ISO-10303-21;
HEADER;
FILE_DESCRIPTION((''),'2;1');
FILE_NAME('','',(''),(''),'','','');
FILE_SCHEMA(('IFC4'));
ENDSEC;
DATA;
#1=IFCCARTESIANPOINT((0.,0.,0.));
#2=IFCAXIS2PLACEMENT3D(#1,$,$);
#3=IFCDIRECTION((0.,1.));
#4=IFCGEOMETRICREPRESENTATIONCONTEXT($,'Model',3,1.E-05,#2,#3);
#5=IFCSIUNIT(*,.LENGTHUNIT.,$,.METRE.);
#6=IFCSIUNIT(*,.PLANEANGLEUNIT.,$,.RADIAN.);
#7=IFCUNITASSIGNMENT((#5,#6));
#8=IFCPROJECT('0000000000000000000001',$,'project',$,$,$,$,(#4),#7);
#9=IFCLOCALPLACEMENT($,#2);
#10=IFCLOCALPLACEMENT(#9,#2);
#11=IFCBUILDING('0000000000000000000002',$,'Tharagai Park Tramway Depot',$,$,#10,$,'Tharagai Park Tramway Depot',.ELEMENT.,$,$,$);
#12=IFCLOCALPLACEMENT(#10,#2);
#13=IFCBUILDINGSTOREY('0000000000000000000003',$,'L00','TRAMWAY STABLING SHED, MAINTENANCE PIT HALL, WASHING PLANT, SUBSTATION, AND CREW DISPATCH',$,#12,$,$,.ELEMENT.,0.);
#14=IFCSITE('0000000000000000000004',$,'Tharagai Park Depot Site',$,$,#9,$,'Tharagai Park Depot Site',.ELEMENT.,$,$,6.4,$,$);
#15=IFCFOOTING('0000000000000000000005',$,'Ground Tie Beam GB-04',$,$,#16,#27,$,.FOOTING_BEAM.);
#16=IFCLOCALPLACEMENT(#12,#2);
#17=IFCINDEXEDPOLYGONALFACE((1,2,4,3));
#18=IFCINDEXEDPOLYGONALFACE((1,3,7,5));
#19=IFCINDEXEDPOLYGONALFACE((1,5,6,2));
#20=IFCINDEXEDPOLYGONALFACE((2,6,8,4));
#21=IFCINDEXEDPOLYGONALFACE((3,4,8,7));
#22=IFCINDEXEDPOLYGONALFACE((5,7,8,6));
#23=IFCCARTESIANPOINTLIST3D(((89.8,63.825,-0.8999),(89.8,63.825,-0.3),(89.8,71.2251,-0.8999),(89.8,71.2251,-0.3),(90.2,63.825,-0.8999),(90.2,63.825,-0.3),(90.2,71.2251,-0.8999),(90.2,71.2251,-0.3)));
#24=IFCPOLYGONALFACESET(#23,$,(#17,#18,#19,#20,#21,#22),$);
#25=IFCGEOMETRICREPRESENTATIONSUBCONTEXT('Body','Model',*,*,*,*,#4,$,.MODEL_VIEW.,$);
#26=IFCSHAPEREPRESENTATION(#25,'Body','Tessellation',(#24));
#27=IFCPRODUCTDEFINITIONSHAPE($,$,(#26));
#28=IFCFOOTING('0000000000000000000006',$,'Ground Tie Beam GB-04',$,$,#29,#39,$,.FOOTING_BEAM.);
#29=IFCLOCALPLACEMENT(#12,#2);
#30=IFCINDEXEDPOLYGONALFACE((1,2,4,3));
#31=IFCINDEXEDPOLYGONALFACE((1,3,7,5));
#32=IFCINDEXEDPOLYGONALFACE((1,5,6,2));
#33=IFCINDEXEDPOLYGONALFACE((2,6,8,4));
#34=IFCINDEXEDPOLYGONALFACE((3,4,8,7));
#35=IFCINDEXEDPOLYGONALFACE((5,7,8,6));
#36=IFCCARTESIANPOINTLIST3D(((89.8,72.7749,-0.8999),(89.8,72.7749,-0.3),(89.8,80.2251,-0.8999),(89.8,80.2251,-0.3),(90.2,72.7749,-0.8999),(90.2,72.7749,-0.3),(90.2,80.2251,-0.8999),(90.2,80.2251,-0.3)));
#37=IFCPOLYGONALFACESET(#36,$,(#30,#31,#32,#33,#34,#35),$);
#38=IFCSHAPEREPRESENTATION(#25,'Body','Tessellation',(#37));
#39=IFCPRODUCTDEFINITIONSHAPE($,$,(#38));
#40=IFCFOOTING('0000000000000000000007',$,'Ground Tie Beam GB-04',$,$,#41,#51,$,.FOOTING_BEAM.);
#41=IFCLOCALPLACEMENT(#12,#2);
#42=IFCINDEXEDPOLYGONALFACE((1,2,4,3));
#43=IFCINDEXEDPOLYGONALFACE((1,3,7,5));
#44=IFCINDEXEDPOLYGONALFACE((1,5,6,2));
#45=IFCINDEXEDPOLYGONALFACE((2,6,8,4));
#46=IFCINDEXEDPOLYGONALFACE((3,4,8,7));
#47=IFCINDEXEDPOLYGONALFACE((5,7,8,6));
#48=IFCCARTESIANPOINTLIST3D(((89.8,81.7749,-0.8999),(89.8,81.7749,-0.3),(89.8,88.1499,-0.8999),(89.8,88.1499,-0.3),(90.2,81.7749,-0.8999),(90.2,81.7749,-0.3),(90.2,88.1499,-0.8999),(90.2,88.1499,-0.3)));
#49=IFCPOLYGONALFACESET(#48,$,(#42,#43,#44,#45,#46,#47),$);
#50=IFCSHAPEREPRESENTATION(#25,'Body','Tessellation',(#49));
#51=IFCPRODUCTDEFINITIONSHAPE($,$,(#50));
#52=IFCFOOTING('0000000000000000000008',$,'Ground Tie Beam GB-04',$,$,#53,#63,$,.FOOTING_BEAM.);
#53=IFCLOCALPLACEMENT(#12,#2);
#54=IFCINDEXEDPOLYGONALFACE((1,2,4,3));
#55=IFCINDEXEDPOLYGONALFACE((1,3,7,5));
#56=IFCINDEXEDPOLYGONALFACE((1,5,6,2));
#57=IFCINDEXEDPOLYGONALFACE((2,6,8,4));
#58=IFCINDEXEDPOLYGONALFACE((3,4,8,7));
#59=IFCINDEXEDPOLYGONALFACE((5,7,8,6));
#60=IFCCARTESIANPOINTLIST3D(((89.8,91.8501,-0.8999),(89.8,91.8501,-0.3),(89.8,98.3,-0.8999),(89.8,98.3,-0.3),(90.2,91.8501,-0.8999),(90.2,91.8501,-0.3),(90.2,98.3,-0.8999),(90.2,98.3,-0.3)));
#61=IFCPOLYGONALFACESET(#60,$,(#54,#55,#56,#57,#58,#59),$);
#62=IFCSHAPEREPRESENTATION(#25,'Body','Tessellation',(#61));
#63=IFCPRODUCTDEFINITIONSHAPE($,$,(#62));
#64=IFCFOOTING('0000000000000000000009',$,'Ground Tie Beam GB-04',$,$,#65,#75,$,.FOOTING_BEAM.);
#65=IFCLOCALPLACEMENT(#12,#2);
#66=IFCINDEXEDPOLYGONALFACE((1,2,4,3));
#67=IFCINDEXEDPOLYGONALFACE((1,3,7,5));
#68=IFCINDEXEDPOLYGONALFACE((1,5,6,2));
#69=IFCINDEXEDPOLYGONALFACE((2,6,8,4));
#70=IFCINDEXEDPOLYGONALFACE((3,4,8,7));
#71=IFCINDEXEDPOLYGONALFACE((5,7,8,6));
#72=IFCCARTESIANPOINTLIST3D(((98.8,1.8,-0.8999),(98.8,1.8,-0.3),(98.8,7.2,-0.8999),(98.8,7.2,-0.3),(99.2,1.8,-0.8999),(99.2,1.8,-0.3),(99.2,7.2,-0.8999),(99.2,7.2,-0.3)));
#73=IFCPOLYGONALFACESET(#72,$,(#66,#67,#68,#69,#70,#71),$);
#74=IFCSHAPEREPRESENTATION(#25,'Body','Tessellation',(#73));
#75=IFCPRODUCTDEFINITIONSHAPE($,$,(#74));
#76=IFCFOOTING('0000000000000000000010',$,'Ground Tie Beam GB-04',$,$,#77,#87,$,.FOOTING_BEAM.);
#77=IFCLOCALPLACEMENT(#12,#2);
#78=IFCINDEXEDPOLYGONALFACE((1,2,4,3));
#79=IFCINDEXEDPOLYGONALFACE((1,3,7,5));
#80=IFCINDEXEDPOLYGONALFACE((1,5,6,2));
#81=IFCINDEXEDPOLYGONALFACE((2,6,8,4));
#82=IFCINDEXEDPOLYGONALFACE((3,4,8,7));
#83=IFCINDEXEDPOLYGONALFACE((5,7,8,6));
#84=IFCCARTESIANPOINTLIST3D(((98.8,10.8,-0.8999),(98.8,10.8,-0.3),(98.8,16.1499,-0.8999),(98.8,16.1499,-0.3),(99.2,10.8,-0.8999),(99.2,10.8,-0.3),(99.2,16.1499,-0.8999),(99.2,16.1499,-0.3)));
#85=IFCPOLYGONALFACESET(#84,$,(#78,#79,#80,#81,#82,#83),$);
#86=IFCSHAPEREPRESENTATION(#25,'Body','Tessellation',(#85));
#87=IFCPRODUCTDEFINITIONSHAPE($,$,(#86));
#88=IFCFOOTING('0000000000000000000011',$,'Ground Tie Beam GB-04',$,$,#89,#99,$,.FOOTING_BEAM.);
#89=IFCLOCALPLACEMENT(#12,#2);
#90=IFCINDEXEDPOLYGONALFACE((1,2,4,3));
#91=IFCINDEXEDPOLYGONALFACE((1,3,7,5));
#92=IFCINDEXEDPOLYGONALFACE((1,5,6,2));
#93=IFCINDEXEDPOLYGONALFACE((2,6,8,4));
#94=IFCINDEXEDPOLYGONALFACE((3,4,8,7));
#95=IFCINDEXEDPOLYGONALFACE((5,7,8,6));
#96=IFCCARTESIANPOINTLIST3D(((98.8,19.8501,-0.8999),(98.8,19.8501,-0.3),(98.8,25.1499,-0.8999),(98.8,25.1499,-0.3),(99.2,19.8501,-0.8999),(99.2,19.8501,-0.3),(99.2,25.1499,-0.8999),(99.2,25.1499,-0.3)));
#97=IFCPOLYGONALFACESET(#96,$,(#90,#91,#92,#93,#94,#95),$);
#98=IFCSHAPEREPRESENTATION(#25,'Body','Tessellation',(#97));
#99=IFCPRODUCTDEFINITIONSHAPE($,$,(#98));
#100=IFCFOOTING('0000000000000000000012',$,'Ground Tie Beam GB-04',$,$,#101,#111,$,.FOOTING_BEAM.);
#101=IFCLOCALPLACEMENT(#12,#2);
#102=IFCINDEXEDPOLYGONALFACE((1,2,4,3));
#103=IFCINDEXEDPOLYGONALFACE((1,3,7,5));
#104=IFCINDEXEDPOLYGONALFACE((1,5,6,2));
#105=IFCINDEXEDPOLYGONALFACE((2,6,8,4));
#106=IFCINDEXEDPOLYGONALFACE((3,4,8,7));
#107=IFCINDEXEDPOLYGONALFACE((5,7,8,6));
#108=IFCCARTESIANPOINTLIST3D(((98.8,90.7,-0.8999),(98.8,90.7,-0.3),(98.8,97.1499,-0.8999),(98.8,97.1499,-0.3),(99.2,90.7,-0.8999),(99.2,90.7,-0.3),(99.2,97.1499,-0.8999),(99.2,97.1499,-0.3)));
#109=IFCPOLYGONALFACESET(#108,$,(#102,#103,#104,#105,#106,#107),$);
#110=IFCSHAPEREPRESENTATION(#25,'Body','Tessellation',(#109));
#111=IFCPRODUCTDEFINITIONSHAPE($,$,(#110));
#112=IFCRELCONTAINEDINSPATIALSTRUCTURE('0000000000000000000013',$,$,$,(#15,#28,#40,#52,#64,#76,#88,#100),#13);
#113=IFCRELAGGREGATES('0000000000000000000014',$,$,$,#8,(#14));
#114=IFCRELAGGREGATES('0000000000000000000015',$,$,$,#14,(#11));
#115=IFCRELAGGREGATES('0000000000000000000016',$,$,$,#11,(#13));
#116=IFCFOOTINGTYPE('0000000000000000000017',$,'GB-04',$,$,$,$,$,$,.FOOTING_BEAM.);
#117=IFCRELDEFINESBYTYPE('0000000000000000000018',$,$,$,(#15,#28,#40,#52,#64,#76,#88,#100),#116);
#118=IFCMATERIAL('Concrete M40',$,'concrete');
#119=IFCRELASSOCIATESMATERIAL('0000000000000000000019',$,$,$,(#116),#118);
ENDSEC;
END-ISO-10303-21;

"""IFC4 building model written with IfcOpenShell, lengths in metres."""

from ifc_helpers import new_model, si_unit, direction, frame, origin, place, context, subcontext, project, spatial, polyline, outline, extrude, material, type_object, element, save


model = new_model("IFC4")

# Units and contexts
model_context = context("Model", 3, precision=1e-05, world=origin(), true_north=direction((0.0, 1.0)))
body_context = subcontext(model_context, "Body", "Model", "MODEL_VIEW")
ifc_project = project(units=[si_unit("LENGTHUNIT", "METRE"), si_unit("PLANEANGLEUNIT", "RADIAN")], contexts=[model_context])

# Site, building, storey
site_placement = place(None, origin())
site = spatial("IfcSite", under=ifc_project, at=site_placement, Name="Tharagai Park Depot Site", LongName="Tharagai Park Depot Site", CompositionType="ELEMENT", RefElevation=6.4)
building_placement = place(site_placement, origin())
building = spatial("IfcBuilding", under=site, at=building_placement, Name="Tharagai Park Tramway Depot", LongName="Tharagai Park Tramway Depot", CompositionType="ELEMENT")
storey_placement = place(building_placement, origin())
storey = spatial("IfcBuildingStorey", under=building, at=storey_placement, Name="L00", Description="TRAMWAY STABLING SHED, MAINTENANCE PIT HALL, WASHING PLANT, SUBSTATION, AND CREW DISPATCH", CompositionType="ELEMENT", Elevation=0.0)

# Footings
ifc_material = material(Name="Concrete M40", Category="concrete")
footing_type_1 = type_object("IfcFootingType", Name="GB-04", PredefinedType="FOOTING_BEAM", material=ifc_material)
footing_1_placement = place(storey_placement, frame((0.0, 0.0, -0.8999)))
element("IfcFooting", 1, at=footing_1_placement, inside=storey, type_object=footing_type_1, Name="Ground Tie Beam GB-04", PredefinedType="FOOTING_BEAM", context=body_context, shape_type="SweptSolid", body=[
    extrude(outline(polyline([(89.8, 63.825), (90.2, 63.825), (90.2, 71.2251), (89.8, 71.2251), (89.8, 63.825)])), origin(), (0.0, 0.0, 1.0), 0.5999),
])
footing_2_placement = place(storey_placement, frame((0.0, 0.0, -0.8999)))
element("IfcFooting", 2, at=footing_2_placement, inside=storey, type_object=footing_type_1, Name="Ground Tie Beam GB-04", PredefinedType="FOOTING_BEAM", context=body_context, shape_type="SweptSolid", body=[
    extrude(outline(polyline([(89.8, 72.7749), (90.2, 72.7749), (90.2, 80.2251), (89.8, 80.2251), (89.8, 72.7749)])), origin(), (0.0, 0.0, 1.0), 0.5999),
])
footing_3_placement = place(storey_placement, frame((0.0, 0.0, -0.8999)))
element("IfcFooting", 3, at=footing_3_placement, inside=storey, type_object=footing_type_1, Name="Ground Tie Beam GB-04", PredefinedType="FOOTING_BEAM", context=body_context, shape_type="SweptSolid", body=[
    extrude(outline(polyline([(89.8, 81.7749), (90.2, 81.7749), (90.2, 88.1499), (89.8, 88.1499), (89.8, 81.7749)])), origin(), (0.0, 0.0, 1.0), 0.5999),
])
footing_4_placement = place(storey_placement, frame((0.0, 0.0, -0.8999)))
element("IfcFooting", 4, at=footing_4_placement, inside=storey, type_object=footing_type_1, Name="Ground Tie Beam GB-04", PredefinedType="FOOTING_BEAM", context=body_context, shape_type="SweptSolid", body=[
    extrude(outline(polyline([(89.8, 91.8501), (90.2, 91.8501), (90.2, 98.3), (89.8, 98.3), (89.8, 91.8501)])), origin(), (0.0, 0.0, 1.0), 0.5999),
])
footing_5_placement = place(storey_placement, frame((0.0, 0.0, -0.8999)))
element("IfcFooting", 5, at=footing_5_placement, inside=storey, type_object=footing_type_1, Name="Ground Tie Beam GB-04", PredefinedType="FOOTING_BEAM", context=body_context, shape_type="SweptSolid", body=[
    extrude(outline(polyline([(98.8, 1.8), (99.2, 1.8), (99.2, 7.2), (98.8, 7.2), (98.8, 1.8)])), origin(), (0.0, 0.0, 1.0), 0.5999),
])
footing_6_placement = place(storey_placement, frame((0.0, 0.0, -0.8999)))
element("IfcFooting", 6, at=footing_6_placement, inside=storey, type_object=footing_type_1, Name="Ground Tie Beam GB-04", PredefinedType="FOOTING_BEAM", context=body_context, shape_type="SweptSolid", body=[
    extrude(outline(polyline([(98.8, 10.8), (99.2, 10.8), (99.2, 16.1499), (98.8, 16.1499), (98.8, 10.8)])), origin(), (0.0, 0.0, 1.0), 0.5999),
])
footing_7_placement = place(storey_placement, frame((0.0, 0.0, -0.8999)))
element("IfcFooting", 7, at=footing_7_placement, inside=storey, type_object=footing_type_1, Name="Ground Tie Beam GB-04", PredefinedType="FOOTING_BEAM", context=body_context, shape_type="SweptSolid", body=[
    extrude(outline(polyline([(98.8, 19.8501), (99.2, 19.8501), (99.2, 25.1499), (98.8, 25.1499), (98.8, 19.8501)])), origin(), (0.0, 0.0, 1.0), 0.5999),
])
footing_8_placement = place(storey_placement, frame((0.0, 0.0, -0.8999)))
element("IfcFooting", 8, at=footing_8_placement, inside=storey, type_object=footing_type_1, Name="Ground Tie Beam GB-04", PredefinedType="FOOTING_BEAM", context=body_context, shape_type="SweptSolid", body=[
    extrude(outline(polyline([(98.8, 90.7), (99.2, 90.7), (99.2, 97.1499), (98.8, 97.1499), (98.8, 90.7)])), origin(), (0.0, 0.0, 1.0), 0.5999),
])

save(model, "model.ifc")
